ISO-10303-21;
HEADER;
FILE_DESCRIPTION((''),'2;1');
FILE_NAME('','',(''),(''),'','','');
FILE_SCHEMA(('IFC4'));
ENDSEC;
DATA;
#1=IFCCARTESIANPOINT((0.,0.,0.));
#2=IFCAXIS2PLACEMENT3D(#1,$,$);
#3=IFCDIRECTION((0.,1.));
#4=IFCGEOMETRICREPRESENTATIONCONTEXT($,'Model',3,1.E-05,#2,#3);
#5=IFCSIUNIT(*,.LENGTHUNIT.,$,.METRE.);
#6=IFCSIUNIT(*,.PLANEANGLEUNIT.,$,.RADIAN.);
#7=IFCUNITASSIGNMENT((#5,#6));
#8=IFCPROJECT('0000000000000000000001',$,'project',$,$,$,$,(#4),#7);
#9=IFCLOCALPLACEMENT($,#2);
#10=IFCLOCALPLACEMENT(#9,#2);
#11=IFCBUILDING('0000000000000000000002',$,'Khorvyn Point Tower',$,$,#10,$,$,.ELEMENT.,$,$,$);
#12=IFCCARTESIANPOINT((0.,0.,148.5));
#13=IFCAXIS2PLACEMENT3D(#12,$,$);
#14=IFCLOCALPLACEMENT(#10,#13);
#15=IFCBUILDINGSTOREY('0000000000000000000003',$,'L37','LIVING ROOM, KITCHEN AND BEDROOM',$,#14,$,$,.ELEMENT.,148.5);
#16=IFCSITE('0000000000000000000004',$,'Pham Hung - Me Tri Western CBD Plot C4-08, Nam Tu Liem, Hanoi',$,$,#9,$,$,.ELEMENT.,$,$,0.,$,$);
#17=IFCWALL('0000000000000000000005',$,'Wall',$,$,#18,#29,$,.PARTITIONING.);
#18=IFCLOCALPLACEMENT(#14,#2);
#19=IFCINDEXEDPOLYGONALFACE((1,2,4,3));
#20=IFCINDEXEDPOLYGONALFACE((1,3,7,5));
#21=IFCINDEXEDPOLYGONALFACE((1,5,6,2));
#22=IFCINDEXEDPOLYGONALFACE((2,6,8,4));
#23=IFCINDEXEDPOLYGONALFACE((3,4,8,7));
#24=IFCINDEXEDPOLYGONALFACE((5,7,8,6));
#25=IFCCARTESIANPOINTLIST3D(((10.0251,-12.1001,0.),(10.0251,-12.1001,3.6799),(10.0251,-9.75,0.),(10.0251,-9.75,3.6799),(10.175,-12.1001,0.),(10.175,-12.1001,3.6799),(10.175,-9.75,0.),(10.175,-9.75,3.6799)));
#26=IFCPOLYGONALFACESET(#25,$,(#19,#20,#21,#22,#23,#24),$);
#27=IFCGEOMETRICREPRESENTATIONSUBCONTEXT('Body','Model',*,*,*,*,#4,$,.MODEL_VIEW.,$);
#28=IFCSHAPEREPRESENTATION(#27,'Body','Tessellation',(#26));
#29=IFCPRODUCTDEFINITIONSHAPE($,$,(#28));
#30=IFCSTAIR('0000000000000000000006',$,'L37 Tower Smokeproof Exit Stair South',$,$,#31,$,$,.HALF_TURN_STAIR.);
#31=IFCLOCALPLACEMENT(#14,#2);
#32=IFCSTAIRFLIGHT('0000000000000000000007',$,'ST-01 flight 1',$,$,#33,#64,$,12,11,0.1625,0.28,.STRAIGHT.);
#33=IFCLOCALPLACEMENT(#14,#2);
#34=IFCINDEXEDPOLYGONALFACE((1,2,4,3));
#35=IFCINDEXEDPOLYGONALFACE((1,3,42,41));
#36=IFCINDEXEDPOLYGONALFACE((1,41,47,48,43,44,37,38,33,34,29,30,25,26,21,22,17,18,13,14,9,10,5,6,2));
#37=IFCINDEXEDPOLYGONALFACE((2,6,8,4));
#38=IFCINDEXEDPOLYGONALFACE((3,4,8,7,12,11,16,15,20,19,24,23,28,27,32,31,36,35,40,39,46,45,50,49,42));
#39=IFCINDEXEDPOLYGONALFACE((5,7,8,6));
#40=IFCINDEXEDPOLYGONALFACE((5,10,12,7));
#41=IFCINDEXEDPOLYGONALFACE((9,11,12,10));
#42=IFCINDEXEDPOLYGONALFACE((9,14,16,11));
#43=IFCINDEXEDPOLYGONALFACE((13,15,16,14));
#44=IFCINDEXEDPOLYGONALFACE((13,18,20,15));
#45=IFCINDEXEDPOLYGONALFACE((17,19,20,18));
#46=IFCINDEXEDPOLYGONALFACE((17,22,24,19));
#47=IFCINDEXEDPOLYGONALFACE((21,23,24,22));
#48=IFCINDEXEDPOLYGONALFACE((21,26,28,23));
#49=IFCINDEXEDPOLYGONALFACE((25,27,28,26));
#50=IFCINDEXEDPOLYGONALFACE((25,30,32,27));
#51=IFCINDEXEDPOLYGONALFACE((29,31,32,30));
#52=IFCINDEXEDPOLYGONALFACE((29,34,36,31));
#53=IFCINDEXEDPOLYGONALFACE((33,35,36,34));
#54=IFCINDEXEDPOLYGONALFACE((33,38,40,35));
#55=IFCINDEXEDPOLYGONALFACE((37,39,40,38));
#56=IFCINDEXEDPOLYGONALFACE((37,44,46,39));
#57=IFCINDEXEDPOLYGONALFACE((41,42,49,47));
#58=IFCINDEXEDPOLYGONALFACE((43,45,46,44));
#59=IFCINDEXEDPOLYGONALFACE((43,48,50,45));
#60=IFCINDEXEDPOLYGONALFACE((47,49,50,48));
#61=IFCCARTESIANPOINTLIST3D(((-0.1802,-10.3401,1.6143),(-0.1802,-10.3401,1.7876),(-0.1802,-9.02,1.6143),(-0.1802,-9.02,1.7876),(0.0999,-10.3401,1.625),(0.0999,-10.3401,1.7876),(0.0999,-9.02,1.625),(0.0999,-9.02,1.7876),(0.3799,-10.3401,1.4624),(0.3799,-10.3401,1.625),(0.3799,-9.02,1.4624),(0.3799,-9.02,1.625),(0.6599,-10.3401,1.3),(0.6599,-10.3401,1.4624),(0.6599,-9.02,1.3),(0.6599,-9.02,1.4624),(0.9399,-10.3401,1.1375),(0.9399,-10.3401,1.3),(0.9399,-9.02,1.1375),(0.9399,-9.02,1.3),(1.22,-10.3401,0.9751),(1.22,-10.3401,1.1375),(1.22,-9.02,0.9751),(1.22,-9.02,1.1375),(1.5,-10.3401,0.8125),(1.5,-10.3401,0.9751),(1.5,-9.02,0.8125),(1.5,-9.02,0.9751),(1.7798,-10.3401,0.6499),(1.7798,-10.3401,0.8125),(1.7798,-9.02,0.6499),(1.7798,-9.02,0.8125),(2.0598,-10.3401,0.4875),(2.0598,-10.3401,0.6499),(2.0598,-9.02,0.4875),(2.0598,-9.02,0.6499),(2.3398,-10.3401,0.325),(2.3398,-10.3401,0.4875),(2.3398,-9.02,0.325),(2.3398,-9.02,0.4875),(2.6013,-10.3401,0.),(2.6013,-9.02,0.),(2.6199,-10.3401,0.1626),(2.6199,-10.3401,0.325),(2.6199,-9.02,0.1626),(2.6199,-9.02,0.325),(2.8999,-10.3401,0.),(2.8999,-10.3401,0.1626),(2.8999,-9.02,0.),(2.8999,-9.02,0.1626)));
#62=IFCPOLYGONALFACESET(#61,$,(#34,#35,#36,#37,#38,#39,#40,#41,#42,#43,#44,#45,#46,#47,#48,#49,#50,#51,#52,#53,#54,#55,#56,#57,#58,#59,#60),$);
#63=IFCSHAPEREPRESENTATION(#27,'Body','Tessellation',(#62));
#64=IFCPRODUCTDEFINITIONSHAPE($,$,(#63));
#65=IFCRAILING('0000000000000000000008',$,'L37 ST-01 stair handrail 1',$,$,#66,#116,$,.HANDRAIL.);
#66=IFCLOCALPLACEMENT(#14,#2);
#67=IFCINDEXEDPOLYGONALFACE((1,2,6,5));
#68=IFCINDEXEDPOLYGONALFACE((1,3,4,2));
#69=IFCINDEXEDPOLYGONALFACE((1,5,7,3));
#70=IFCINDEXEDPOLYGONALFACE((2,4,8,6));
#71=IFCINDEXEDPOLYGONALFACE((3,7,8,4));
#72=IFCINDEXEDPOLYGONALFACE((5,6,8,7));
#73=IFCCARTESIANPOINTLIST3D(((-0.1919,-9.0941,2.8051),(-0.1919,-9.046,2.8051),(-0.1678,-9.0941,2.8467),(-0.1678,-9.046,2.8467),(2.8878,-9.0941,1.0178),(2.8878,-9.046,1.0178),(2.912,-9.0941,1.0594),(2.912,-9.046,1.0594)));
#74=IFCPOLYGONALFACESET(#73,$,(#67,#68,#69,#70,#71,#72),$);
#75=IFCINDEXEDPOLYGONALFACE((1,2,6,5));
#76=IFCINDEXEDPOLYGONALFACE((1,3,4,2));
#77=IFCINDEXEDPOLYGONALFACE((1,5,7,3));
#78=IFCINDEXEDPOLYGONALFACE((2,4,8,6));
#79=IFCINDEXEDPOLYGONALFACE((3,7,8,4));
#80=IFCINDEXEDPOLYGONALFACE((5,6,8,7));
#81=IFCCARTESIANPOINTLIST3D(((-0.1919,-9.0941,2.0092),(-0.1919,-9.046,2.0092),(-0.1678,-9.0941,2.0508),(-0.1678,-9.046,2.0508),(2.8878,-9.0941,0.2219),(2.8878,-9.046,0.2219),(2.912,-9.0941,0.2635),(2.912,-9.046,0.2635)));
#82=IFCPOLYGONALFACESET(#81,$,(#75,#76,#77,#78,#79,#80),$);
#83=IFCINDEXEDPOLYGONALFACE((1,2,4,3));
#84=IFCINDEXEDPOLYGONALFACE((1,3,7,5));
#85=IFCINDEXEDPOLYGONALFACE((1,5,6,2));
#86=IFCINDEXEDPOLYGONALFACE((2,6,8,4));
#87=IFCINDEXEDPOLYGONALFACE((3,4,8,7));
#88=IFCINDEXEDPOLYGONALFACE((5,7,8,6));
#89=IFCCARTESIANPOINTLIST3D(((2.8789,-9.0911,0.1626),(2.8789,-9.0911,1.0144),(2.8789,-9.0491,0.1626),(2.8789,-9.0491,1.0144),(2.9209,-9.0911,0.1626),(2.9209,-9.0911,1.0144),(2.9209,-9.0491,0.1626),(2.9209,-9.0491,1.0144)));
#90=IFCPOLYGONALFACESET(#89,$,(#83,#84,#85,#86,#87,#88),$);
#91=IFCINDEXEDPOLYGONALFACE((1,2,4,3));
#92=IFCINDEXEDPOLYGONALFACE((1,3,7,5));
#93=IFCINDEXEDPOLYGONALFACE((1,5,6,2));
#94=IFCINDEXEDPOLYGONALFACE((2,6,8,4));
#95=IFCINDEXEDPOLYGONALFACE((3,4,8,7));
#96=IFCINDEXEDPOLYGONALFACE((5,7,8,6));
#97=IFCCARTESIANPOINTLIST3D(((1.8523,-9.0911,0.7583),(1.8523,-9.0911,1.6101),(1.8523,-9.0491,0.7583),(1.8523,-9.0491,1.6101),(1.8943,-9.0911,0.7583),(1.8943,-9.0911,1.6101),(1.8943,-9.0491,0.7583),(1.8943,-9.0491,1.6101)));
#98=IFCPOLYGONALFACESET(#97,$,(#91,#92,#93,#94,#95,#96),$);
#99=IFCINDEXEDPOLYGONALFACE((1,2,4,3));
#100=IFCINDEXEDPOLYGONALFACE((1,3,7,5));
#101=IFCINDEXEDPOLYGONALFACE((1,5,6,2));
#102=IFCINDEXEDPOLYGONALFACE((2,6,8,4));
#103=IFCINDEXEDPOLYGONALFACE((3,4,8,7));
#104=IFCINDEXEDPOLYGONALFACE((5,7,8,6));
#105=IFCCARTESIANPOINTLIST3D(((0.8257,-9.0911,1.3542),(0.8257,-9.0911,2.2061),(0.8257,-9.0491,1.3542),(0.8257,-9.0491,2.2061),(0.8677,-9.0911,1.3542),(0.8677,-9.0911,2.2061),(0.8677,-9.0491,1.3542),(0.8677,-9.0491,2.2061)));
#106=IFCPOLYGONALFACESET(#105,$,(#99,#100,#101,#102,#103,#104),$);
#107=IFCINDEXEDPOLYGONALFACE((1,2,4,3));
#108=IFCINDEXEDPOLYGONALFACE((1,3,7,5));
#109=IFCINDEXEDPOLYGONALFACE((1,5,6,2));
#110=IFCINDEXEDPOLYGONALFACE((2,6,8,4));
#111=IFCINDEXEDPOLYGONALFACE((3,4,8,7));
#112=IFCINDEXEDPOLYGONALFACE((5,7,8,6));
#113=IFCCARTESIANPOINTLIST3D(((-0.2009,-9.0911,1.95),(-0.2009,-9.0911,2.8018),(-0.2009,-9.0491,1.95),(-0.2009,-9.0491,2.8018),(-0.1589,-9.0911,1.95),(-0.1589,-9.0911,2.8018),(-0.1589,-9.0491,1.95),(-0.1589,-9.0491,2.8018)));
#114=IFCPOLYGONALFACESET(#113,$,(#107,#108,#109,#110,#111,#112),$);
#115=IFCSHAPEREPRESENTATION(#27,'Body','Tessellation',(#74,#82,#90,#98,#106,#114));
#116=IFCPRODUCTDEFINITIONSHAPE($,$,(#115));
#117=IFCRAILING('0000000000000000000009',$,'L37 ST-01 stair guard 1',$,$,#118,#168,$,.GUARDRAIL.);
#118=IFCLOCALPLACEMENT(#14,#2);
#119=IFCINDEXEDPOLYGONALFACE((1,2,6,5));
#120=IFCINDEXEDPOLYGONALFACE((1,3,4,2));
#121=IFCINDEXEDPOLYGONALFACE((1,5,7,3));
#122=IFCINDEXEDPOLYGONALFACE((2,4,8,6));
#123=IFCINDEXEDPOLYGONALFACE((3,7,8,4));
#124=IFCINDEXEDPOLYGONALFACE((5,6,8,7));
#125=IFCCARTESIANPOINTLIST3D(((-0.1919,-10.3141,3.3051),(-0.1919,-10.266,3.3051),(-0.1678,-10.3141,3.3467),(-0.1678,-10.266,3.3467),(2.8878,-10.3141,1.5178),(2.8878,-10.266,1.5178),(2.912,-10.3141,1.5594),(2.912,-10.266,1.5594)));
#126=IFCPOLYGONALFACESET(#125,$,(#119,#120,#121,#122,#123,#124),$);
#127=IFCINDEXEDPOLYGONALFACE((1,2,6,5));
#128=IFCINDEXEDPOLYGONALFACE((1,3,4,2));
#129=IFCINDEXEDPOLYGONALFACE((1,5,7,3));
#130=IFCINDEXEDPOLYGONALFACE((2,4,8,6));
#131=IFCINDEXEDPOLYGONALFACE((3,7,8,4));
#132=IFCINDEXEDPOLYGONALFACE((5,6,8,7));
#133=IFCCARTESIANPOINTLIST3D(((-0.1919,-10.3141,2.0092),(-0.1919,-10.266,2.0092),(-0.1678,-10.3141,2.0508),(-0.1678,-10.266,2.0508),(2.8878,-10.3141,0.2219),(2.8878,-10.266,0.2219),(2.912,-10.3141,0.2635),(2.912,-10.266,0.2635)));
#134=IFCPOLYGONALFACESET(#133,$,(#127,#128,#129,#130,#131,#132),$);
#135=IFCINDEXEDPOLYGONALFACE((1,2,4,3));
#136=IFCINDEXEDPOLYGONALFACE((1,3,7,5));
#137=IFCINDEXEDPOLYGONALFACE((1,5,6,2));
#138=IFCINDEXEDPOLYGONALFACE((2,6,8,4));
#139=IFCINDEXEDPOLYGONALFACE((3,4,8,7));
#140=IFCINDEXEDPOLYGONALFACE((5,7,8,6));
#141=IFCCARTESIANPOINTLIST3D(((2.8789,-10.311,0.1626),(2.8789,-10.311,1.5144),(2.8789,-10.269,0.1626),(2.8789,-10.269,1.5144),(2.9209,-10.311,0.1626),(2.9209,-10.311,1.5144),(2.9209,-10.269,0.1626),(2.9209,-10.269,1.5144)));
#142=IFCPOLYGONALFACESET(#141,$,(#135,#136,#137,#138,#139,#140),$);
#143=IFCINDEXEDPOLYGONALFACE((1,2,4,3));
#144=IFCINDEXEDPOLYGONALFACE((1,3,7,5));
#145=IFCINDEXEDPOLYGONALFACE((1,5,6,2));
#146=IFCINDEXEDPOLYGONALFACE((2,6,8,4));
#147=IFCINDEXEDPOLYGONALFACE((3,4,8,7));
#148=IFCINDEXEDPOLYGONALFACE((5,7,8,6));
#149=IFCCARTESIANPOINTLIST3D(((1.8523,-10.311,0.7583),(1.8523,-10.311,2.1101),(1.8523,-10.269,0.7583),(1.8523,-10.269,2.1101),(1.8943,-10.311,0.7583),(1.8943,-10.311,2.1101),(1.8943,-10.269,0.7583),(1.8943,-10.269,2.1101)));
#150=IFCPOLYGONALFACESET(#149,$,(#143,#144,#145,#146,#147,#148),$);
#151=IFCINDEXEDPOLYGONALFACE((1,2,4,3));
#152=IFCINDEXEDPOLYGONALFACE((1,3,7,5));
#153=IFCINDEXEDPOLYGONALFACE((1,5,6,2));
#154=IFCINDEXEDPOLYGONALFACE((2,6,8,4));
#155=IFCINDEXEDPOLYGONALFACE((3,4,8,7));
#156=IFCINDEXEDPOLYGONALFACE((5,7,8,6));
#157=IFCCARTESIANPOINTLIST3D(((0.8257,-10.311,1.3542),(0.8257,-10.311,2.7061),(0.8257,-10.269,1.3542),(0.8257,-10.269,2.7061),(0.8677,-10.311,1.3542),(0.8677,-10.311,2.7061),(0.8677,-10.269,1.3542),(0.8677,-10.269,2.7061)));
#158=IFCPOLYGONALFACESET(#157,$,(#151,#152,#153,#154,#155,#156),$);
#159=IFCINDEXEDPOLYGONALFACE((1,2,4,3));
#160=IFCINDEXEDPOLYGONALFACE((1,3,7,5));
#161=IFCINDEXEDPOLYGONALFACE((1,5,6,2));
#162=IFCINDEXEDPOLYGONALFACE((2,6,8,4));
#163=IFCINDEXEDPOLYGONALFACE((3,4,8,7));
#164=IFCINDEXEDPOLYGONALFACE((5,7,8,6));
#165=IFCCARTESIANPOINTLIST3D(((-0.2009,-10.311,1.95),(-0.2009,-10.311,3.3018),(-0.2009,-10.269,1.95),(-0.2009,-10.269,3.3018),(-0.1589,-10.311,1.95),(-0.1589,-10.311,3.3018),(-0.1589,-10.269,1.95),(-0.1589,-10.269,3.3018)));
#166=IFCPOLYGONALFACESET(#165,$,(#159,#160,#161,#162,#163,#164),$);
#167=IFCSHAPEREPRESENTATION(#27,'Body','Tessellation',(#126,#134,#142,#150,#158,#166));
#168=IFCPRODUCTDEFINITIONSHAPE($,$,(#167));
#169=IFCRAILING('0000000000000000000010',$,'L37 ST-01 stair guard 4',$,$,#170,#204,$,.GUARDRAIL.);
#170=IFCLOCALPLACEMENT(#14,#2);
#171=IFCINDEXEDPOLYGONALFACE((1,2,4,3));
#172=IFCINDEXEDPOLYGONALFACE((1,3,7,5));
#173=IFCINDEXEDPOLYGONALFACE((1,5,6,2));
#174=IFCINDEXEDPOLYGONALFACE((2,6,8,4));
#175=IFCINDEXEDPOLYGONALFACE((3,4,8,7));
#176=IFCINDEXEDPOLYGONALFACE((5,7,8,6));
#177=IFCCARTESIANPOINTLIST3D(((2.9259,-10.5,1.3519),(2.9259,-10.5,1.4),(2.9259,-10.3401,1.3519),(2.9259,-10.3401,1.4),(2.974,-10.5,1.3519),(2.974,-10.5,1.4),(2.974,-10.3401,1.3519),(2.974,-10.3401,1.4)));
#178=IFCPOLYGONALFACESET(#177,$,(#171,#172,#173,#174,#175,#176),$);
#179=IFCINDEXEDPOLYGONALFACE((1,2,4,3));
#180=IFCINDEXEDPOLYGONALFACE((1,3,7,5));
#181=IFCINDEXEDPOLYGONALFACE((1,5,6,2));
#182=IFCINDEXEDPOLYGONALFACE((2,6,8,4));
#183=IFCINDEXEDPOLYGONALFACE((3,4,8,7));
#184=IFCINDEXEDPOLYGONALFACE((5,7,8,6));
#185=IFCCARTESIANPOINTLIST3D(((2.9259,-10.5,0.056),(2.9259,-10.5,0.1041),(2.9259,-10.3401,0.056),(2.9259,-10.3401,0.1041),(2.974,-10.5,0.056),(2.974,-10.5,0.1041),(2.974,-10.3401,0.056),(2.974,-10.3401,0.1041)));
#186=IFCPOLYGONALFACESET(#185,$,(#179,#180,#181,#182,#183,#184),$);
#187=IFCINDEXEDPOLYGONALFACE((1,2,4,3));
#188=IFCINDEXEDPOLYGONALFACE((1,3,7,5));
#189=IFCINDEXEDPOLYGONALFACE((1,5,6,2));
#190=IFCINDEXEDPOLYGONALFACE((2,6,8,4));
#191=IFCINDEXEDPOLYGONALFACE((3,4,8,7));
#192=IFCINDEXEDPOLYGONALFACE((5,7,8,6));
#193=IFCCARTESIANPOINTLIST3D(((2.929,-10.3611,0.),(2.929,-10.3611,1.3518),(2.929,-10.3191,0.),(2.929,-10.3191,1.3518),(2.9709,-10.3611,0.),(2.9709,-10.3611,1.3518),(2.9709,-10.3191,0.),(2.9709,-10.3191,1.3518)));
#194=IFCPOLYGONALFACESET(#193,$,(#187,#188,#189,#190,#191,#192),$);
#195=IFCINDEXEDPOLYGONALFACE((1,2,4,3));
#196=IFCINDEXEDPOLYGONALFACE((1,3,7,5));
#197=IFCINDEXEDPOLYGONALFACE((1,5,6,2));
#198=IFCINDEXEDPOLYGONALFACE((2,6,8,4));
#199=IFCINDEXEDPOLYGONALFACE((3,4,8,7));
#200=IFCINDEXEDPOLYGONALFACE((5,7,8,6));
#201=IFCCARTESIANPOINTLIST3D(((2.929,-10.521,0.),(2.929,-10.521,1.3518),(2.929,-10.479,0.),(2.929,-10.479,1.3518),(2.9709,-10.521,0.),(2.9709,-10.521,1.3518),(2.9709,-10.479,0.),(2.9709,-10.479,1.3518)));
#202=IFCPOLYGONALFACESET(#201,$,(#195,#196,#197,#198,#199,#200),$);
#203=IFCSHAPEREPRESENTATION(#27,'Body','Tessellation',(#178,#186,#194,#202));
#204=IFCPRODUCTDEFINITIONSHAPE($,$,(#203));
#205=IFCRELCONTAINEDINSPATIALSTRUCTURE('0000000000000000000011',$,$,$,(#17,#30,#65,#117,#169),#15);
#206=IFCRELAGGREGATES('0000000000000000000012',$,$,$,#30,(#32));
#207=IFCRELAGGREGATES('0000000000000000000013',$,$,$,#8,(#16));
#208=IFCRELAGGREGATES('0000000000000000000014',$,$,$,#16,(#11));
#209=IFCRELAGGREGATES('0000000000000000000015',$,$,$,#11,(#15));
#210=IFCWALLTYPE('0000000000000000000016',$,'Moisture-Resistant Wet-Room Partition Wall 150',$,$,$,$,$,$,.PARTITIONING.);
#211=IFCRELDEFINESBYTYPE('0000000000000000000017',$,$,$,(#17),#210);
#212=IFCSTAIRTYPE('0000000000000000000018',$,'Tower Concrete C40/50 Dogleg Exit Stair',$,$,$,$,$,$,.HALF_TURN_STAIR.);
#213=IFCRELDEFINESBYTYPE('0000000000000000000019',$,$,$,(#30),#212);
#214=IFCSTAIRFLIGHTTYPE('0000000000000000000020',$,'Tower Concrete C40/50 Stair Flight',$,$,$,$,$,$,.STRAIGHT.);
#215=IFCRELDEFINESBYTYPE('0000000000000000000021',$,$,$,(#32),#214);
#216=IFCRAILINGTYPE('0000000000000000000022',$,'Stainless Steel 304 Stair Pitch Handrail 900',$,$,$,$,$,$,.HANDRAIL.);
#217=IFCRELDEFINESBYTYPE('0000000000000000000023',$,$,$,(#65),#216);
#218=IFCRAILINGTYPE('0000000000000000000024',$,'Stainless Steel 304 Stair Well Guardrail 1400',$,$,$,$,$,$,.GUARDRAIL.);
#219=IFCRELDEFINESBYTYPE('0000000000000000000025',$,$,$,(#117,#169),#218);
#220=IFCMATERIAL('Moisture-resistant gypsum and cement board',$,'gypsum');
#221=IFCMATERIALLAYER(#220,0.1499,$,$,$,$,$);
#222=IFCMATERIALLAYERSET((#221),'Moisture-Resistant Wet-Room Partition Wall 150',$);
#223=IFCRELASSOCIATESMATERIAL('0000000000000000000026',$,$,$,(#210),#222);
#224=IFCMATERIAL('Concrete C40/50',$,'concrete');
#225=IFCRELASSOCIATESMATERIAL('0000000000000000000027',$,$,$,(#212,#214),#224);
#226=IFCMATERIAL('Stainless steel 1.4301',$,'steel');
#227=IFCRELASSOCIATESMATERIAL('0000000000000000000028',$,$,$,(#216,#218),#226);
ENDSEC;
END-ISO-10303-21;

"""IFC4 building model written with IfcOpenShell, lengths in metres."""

from ifc_helpers import new_model, si_unit, direction, frame, frame_2d, origin, origin_2d, place, context, subcontext, project, spatial, polyline, rectangle, outline, extrude, material, layer, layer_set, type_object, element, aggregate, save


model = new_model("IFC4")

# Units and contexts
model_context = context("Model", 3, precision=1e-05, world=origin(), true_north=direction((0.0, 1.0)))
body_context = subcontext(model_context, "Body", "Model", "MODEL_VIEW")
ifc_project = project(units=[si_unit("LENGTHUNIT", "METRE"), si_unit("PLANEANGLEUNIT", "RADIAN")], contexts=[model_context])

# Site, building, storey
site_placement = place(None, origin())
site = spatial("IfcSite", under=ifc_project, at=site_placement, Name="Pham Hung - Me Tri Western CBD Plot C4-08, Nam Tu Liem, Hanoi", CompositionType="ELEMENT", RefElevation=0.0)
building_placement = place(site_placement, origin())
building = spatial("IfcBuilding", under=site, at=building_placement, Name="Khorvyn Point Tower", CompositionType="ELEMENT")
storey_placement = place(building_placement, frame((0.0, 0.0, 148.5)))
storey = spatial("IfcBuildingStorey", under=building, at=storey_placement, Name="L37", Description="LIVING ROOM, KITCHEN AND BEDROOM", CompositionType="ELEMENT", Elevation=148.5)

# Shared definitions
ifc_material_1 = material(Name="Concrete C40/50", Category="concrete")

# Shared definitions
ifc_material_2 = material(Name="Moisture-resistant gypsum and cement board", Category="gypsum")
ifc_layer_1 = layer(ifc_material_2, 0.1499)
ifc_layer_set_1 = layer_set([ifc_layer_1], Name="Moisture-Resistant Wet-Room Partition Wall 150")
wall_type_1 = type_object("IfcWallType", Name="Moisture-Resistant Wet-Room Partition Wall 150", PredefinedType="PARTITIONING", material=ifc_layer_set_1)

# Wall
wall_1_placement = place(storey_placement, frame((10.1001, -12.1001, 0.0), z_axis=(0.0, 0.0, 1.0), x_axis=(0.0, 1.0, 0.0)))
element("IfcWall", 1, at=wall_1_placement, inside=storey, type_object=wall_type_1, Name="Wall", PredefinedType="PARTITIONING", context=body_context, shape_type="SweptSolid", body=[
    extrude(rectangle(XDim=2.3501, YDim=0.1499, at=frame_2d((1.175, 0.0))), origin(), (0.0, 0.0, 1.0), 3.6799),
])

# Stair, stair flight
stair_type = type_object("IfcStairType", Name="Tower Concrete C40/50 Dogleg Exit Stair", PredefinedType="HALF_TURN_STAIR", material=ifc_material_1)
stair_placement = place(storey_placement, origin())
stair = element("IfcStair", 2, at=stair_placement, inside=storey, type_object=stair_type, Name="L37 Tower Smokeproof Exit Stair South", PredefinedType="HALF_TURN_STAIR")
stair_flight_type = type_object("IfcStairFlightType", Name="Tower Concrete C40/50 Stair Flight", PredefinedType="STRAIGHT", material=ifc_material_1)
stair_flight_placement = place(storey_placement, frame((2.8999, -9.6799, 0.0), z_axis=(0.0, 0.0, 1.0), x_axis=(-1.0, 0.0, 0.0)))
stair_flight = element("IfcStairFlight", 3, at=stair_flight_placement, type_object=stair_flight_type, Name="ST-01 flight 1", NumberOfRisers=12, NumberOfTreads=11, PredefinedType="STRAIGHT", RiserHeight=0.1625, TreadLength=0.28, context=body_context, shape_type="SweptSolid", body=[
    extrude(outline(polyline([(0.0, 0.0), (0.0, 0.1626), (0.28, 0.1626), (0.28, 0.325), (0.5601, 0.325), (0.5601, 0.4875), (0.8401, 0.4875), (0.8401, 0.6499), (1.1201, 0.6499), (1.1201, 0.8125), (1.3999, 0.8125), (1.3999, 0.9751), (1.6799, 0.9751), (1.6799, 1.1375), (1.96, 1.1375), (1.96, 1.3), (2.24, 1.3), (2.24, 1.4624), (2.52, 1.4624), (2.52, 1.625), (2.8, 1.625), (2.8, 1.7876), (3.0801, 1.7876), (3.0801, 1.95), (3.0801, 1.6143), (0.2986, 0.0), (0.0, 0.0)])), frame((0.0, 0.6602, 0.0), z_axis=(0.0, -1.0, 0.0), x_axis=(1.0, 0.0, 0.0)), (0.0, 0.0, 1.0), 1.3201),
])
aggregate(stair, [stair_flight])

# Railings
ifc_material_3 = material(Name="Stainless steel 1.4301", Category="steel")
railing_type_1 = type_object("IfcRailingType", Name="Stainless Steel 304 Stair Pitch Handrail 900", PredefinedType="HANDRAIL", material=ifc_material_3)
railing_1_placement = place(storey_placement, frame((2.8999, -9.0701, 0.1626)))
element("IfcRailing", 4, at=railing_1_placement, inside=storey, type_object=railing_type_1, Name="L37 ST-01 stair handrail 1", PredefinedType="HANDRAIL", context=body_context, shape_type="SweptSolid", body=[
    extrude(rectangle(XDim=0.0481, YDim=0.0481, at=origin_2d()), frame((0.0, 0.0, 0.876), z_axis=(-0.864903, 0.0, 0.501939), x_axis=(0.0, -1.0, 0.0)), (0.0, 0.0, 1.0), 3.5608),
    extrude(rectangle(XDim=0.0481, YDim=0.0481, at=origin_2d()), frame((0.0, 0.0, 0.0801), z_axis=(-0.864903, 0.0, 0.501939), x_axis=(0.0, -1.0, 0.0)), (0.0, 0.0, 1.0), 3.5608),
    extrude(rectangle(XDim=0.042, YDim=0.042, at=origin_2d()), origin(), (0.0, 0.0, 1.0), 0.8518),
    extrude(rectangle(XDim=0.042, YDim=0.042, at=origin_2d()), frame((-1.0266, 0.0, 0.5957)), (0.0, 0.0, 1.0), 0.8518),
    extrude(rectangle(XDim=0.042, YDim=0.042, at=origin_2d()), frame((-2.0532, 0.0, 1.1917)), (0.0, 0.0, 1.0), 0.8518),
    extrude(rectangle(XDim=0.042, YDim=0.042, at=origin_2d()), frame((-3.0798, 0.0, 1.7874)), (0.0, 0.0, 1.0), 0.8518),
])
railing_type_2 = type_object("IfcRailingType", Name="Stainless Steel 304 Stair Well Guardrail 1400", PredefinedType="GUARDRAIL", material=ifc_material_3)
railing_2_placement = place(storey_placement, frame((2.8999, -10.29, 0.1626)))
element("IfcRailing", 5, at=railing_2_placement, inside=storey, type_object=railing_type_2, Name="L37 ST-01 stair guard 1", PredefinedType="GUARDRAIL", context=body_context, shape_type="SweptSolid", body=[
    extrude(rectangle(XDim=0.0481, YDim=0.0481, at=origin_2d()), frame((0.0, 0.0, 1.376), z_axis=(-0.864903, 0.0, 0.501939), x_axis=(0.0, -1.0, 0.0)), (0.0, 0.0, 1.0), 3.5608),
    extrude(rectangle(XDim=0.0481, YDim=0.0481, at=origin_2d()), frame((0.0, 0.0, 0.0801), z_axis=(-0.864903, 0.0, 0.501939), x_axis=(0.0, -1.0, 0.0)), (0.0, 0.0, 1.0), 3.5608),
    extrude(rectangle(XDim=0.042, YDim=0.042, at=origin_2d()), origin(), (0.0, 0.0, 1.0), 1.3518),
    extrude(rectangle(XDim=0.042, YDim=0.042, at=origin_2d()), frame((-1.0266, 0.0, 0.5957)), (0.0, 0.0, 1.0), 1.3518),
    extrude(rectangle(XDim=0.042, YDim=0.042, at=origin_2d()), frame((-2.0532, 0.0, 1.1917)), (0.0, 0.0, 1.0), 1.3518),
    extrude(rectangle(XDim=0.042, YDim=0.042, at=origin_2d()), frame((-3.0798, 0.0, 1.7874)), (0.0, 0.0, 1.0), 1.3518),
])
railing_3_placement = place(storey_placement, frame((2.95, -10.3401, 0.0)))
element("IfcRailing", 6, at=railing_3_placement, inside=storey, type_object=railing_type_2, Name="L37 ST-01 stair guard 4", PredefinedType="GUARDRAIL", context=body_context, shape_type="SweptSolid", body=[
    extrude(rectangle(XDim=0.0481, YDim=0.0481, at=origin_2d()), frame((0.0, 0.0, 1.376), z_axis=(0.0, -1.0, 0.0), x_axis=(1.0, 0.0, 0.0)), (0.0, 0.0, 1.0), 0.1599),
    extrude(rectangle(XDim=0.0481, YDim=0.0481, at=origin_2d()), frame((0.0, 0.0, 0.0801), z_axis=(0.0, -1.0, 0.0), x_axis=(1.0, 0.0, 0.0)), (0.0, 0.0, 1.0), 0.1599),
    extrude(rectangle(XDim=0.042, YDim=0.042, at=origin_2d()), origin(), (0.0, 0.0, 1.0), 1.3518),
    extrude(rectangle(XDim=0.042, YDim=0.042, at=origin_2d()), frame((0.0, -0.1599, 0.0)), (0.0, 0.0, 1.0), 1.3518),
])

save(model, "model.ifc")
